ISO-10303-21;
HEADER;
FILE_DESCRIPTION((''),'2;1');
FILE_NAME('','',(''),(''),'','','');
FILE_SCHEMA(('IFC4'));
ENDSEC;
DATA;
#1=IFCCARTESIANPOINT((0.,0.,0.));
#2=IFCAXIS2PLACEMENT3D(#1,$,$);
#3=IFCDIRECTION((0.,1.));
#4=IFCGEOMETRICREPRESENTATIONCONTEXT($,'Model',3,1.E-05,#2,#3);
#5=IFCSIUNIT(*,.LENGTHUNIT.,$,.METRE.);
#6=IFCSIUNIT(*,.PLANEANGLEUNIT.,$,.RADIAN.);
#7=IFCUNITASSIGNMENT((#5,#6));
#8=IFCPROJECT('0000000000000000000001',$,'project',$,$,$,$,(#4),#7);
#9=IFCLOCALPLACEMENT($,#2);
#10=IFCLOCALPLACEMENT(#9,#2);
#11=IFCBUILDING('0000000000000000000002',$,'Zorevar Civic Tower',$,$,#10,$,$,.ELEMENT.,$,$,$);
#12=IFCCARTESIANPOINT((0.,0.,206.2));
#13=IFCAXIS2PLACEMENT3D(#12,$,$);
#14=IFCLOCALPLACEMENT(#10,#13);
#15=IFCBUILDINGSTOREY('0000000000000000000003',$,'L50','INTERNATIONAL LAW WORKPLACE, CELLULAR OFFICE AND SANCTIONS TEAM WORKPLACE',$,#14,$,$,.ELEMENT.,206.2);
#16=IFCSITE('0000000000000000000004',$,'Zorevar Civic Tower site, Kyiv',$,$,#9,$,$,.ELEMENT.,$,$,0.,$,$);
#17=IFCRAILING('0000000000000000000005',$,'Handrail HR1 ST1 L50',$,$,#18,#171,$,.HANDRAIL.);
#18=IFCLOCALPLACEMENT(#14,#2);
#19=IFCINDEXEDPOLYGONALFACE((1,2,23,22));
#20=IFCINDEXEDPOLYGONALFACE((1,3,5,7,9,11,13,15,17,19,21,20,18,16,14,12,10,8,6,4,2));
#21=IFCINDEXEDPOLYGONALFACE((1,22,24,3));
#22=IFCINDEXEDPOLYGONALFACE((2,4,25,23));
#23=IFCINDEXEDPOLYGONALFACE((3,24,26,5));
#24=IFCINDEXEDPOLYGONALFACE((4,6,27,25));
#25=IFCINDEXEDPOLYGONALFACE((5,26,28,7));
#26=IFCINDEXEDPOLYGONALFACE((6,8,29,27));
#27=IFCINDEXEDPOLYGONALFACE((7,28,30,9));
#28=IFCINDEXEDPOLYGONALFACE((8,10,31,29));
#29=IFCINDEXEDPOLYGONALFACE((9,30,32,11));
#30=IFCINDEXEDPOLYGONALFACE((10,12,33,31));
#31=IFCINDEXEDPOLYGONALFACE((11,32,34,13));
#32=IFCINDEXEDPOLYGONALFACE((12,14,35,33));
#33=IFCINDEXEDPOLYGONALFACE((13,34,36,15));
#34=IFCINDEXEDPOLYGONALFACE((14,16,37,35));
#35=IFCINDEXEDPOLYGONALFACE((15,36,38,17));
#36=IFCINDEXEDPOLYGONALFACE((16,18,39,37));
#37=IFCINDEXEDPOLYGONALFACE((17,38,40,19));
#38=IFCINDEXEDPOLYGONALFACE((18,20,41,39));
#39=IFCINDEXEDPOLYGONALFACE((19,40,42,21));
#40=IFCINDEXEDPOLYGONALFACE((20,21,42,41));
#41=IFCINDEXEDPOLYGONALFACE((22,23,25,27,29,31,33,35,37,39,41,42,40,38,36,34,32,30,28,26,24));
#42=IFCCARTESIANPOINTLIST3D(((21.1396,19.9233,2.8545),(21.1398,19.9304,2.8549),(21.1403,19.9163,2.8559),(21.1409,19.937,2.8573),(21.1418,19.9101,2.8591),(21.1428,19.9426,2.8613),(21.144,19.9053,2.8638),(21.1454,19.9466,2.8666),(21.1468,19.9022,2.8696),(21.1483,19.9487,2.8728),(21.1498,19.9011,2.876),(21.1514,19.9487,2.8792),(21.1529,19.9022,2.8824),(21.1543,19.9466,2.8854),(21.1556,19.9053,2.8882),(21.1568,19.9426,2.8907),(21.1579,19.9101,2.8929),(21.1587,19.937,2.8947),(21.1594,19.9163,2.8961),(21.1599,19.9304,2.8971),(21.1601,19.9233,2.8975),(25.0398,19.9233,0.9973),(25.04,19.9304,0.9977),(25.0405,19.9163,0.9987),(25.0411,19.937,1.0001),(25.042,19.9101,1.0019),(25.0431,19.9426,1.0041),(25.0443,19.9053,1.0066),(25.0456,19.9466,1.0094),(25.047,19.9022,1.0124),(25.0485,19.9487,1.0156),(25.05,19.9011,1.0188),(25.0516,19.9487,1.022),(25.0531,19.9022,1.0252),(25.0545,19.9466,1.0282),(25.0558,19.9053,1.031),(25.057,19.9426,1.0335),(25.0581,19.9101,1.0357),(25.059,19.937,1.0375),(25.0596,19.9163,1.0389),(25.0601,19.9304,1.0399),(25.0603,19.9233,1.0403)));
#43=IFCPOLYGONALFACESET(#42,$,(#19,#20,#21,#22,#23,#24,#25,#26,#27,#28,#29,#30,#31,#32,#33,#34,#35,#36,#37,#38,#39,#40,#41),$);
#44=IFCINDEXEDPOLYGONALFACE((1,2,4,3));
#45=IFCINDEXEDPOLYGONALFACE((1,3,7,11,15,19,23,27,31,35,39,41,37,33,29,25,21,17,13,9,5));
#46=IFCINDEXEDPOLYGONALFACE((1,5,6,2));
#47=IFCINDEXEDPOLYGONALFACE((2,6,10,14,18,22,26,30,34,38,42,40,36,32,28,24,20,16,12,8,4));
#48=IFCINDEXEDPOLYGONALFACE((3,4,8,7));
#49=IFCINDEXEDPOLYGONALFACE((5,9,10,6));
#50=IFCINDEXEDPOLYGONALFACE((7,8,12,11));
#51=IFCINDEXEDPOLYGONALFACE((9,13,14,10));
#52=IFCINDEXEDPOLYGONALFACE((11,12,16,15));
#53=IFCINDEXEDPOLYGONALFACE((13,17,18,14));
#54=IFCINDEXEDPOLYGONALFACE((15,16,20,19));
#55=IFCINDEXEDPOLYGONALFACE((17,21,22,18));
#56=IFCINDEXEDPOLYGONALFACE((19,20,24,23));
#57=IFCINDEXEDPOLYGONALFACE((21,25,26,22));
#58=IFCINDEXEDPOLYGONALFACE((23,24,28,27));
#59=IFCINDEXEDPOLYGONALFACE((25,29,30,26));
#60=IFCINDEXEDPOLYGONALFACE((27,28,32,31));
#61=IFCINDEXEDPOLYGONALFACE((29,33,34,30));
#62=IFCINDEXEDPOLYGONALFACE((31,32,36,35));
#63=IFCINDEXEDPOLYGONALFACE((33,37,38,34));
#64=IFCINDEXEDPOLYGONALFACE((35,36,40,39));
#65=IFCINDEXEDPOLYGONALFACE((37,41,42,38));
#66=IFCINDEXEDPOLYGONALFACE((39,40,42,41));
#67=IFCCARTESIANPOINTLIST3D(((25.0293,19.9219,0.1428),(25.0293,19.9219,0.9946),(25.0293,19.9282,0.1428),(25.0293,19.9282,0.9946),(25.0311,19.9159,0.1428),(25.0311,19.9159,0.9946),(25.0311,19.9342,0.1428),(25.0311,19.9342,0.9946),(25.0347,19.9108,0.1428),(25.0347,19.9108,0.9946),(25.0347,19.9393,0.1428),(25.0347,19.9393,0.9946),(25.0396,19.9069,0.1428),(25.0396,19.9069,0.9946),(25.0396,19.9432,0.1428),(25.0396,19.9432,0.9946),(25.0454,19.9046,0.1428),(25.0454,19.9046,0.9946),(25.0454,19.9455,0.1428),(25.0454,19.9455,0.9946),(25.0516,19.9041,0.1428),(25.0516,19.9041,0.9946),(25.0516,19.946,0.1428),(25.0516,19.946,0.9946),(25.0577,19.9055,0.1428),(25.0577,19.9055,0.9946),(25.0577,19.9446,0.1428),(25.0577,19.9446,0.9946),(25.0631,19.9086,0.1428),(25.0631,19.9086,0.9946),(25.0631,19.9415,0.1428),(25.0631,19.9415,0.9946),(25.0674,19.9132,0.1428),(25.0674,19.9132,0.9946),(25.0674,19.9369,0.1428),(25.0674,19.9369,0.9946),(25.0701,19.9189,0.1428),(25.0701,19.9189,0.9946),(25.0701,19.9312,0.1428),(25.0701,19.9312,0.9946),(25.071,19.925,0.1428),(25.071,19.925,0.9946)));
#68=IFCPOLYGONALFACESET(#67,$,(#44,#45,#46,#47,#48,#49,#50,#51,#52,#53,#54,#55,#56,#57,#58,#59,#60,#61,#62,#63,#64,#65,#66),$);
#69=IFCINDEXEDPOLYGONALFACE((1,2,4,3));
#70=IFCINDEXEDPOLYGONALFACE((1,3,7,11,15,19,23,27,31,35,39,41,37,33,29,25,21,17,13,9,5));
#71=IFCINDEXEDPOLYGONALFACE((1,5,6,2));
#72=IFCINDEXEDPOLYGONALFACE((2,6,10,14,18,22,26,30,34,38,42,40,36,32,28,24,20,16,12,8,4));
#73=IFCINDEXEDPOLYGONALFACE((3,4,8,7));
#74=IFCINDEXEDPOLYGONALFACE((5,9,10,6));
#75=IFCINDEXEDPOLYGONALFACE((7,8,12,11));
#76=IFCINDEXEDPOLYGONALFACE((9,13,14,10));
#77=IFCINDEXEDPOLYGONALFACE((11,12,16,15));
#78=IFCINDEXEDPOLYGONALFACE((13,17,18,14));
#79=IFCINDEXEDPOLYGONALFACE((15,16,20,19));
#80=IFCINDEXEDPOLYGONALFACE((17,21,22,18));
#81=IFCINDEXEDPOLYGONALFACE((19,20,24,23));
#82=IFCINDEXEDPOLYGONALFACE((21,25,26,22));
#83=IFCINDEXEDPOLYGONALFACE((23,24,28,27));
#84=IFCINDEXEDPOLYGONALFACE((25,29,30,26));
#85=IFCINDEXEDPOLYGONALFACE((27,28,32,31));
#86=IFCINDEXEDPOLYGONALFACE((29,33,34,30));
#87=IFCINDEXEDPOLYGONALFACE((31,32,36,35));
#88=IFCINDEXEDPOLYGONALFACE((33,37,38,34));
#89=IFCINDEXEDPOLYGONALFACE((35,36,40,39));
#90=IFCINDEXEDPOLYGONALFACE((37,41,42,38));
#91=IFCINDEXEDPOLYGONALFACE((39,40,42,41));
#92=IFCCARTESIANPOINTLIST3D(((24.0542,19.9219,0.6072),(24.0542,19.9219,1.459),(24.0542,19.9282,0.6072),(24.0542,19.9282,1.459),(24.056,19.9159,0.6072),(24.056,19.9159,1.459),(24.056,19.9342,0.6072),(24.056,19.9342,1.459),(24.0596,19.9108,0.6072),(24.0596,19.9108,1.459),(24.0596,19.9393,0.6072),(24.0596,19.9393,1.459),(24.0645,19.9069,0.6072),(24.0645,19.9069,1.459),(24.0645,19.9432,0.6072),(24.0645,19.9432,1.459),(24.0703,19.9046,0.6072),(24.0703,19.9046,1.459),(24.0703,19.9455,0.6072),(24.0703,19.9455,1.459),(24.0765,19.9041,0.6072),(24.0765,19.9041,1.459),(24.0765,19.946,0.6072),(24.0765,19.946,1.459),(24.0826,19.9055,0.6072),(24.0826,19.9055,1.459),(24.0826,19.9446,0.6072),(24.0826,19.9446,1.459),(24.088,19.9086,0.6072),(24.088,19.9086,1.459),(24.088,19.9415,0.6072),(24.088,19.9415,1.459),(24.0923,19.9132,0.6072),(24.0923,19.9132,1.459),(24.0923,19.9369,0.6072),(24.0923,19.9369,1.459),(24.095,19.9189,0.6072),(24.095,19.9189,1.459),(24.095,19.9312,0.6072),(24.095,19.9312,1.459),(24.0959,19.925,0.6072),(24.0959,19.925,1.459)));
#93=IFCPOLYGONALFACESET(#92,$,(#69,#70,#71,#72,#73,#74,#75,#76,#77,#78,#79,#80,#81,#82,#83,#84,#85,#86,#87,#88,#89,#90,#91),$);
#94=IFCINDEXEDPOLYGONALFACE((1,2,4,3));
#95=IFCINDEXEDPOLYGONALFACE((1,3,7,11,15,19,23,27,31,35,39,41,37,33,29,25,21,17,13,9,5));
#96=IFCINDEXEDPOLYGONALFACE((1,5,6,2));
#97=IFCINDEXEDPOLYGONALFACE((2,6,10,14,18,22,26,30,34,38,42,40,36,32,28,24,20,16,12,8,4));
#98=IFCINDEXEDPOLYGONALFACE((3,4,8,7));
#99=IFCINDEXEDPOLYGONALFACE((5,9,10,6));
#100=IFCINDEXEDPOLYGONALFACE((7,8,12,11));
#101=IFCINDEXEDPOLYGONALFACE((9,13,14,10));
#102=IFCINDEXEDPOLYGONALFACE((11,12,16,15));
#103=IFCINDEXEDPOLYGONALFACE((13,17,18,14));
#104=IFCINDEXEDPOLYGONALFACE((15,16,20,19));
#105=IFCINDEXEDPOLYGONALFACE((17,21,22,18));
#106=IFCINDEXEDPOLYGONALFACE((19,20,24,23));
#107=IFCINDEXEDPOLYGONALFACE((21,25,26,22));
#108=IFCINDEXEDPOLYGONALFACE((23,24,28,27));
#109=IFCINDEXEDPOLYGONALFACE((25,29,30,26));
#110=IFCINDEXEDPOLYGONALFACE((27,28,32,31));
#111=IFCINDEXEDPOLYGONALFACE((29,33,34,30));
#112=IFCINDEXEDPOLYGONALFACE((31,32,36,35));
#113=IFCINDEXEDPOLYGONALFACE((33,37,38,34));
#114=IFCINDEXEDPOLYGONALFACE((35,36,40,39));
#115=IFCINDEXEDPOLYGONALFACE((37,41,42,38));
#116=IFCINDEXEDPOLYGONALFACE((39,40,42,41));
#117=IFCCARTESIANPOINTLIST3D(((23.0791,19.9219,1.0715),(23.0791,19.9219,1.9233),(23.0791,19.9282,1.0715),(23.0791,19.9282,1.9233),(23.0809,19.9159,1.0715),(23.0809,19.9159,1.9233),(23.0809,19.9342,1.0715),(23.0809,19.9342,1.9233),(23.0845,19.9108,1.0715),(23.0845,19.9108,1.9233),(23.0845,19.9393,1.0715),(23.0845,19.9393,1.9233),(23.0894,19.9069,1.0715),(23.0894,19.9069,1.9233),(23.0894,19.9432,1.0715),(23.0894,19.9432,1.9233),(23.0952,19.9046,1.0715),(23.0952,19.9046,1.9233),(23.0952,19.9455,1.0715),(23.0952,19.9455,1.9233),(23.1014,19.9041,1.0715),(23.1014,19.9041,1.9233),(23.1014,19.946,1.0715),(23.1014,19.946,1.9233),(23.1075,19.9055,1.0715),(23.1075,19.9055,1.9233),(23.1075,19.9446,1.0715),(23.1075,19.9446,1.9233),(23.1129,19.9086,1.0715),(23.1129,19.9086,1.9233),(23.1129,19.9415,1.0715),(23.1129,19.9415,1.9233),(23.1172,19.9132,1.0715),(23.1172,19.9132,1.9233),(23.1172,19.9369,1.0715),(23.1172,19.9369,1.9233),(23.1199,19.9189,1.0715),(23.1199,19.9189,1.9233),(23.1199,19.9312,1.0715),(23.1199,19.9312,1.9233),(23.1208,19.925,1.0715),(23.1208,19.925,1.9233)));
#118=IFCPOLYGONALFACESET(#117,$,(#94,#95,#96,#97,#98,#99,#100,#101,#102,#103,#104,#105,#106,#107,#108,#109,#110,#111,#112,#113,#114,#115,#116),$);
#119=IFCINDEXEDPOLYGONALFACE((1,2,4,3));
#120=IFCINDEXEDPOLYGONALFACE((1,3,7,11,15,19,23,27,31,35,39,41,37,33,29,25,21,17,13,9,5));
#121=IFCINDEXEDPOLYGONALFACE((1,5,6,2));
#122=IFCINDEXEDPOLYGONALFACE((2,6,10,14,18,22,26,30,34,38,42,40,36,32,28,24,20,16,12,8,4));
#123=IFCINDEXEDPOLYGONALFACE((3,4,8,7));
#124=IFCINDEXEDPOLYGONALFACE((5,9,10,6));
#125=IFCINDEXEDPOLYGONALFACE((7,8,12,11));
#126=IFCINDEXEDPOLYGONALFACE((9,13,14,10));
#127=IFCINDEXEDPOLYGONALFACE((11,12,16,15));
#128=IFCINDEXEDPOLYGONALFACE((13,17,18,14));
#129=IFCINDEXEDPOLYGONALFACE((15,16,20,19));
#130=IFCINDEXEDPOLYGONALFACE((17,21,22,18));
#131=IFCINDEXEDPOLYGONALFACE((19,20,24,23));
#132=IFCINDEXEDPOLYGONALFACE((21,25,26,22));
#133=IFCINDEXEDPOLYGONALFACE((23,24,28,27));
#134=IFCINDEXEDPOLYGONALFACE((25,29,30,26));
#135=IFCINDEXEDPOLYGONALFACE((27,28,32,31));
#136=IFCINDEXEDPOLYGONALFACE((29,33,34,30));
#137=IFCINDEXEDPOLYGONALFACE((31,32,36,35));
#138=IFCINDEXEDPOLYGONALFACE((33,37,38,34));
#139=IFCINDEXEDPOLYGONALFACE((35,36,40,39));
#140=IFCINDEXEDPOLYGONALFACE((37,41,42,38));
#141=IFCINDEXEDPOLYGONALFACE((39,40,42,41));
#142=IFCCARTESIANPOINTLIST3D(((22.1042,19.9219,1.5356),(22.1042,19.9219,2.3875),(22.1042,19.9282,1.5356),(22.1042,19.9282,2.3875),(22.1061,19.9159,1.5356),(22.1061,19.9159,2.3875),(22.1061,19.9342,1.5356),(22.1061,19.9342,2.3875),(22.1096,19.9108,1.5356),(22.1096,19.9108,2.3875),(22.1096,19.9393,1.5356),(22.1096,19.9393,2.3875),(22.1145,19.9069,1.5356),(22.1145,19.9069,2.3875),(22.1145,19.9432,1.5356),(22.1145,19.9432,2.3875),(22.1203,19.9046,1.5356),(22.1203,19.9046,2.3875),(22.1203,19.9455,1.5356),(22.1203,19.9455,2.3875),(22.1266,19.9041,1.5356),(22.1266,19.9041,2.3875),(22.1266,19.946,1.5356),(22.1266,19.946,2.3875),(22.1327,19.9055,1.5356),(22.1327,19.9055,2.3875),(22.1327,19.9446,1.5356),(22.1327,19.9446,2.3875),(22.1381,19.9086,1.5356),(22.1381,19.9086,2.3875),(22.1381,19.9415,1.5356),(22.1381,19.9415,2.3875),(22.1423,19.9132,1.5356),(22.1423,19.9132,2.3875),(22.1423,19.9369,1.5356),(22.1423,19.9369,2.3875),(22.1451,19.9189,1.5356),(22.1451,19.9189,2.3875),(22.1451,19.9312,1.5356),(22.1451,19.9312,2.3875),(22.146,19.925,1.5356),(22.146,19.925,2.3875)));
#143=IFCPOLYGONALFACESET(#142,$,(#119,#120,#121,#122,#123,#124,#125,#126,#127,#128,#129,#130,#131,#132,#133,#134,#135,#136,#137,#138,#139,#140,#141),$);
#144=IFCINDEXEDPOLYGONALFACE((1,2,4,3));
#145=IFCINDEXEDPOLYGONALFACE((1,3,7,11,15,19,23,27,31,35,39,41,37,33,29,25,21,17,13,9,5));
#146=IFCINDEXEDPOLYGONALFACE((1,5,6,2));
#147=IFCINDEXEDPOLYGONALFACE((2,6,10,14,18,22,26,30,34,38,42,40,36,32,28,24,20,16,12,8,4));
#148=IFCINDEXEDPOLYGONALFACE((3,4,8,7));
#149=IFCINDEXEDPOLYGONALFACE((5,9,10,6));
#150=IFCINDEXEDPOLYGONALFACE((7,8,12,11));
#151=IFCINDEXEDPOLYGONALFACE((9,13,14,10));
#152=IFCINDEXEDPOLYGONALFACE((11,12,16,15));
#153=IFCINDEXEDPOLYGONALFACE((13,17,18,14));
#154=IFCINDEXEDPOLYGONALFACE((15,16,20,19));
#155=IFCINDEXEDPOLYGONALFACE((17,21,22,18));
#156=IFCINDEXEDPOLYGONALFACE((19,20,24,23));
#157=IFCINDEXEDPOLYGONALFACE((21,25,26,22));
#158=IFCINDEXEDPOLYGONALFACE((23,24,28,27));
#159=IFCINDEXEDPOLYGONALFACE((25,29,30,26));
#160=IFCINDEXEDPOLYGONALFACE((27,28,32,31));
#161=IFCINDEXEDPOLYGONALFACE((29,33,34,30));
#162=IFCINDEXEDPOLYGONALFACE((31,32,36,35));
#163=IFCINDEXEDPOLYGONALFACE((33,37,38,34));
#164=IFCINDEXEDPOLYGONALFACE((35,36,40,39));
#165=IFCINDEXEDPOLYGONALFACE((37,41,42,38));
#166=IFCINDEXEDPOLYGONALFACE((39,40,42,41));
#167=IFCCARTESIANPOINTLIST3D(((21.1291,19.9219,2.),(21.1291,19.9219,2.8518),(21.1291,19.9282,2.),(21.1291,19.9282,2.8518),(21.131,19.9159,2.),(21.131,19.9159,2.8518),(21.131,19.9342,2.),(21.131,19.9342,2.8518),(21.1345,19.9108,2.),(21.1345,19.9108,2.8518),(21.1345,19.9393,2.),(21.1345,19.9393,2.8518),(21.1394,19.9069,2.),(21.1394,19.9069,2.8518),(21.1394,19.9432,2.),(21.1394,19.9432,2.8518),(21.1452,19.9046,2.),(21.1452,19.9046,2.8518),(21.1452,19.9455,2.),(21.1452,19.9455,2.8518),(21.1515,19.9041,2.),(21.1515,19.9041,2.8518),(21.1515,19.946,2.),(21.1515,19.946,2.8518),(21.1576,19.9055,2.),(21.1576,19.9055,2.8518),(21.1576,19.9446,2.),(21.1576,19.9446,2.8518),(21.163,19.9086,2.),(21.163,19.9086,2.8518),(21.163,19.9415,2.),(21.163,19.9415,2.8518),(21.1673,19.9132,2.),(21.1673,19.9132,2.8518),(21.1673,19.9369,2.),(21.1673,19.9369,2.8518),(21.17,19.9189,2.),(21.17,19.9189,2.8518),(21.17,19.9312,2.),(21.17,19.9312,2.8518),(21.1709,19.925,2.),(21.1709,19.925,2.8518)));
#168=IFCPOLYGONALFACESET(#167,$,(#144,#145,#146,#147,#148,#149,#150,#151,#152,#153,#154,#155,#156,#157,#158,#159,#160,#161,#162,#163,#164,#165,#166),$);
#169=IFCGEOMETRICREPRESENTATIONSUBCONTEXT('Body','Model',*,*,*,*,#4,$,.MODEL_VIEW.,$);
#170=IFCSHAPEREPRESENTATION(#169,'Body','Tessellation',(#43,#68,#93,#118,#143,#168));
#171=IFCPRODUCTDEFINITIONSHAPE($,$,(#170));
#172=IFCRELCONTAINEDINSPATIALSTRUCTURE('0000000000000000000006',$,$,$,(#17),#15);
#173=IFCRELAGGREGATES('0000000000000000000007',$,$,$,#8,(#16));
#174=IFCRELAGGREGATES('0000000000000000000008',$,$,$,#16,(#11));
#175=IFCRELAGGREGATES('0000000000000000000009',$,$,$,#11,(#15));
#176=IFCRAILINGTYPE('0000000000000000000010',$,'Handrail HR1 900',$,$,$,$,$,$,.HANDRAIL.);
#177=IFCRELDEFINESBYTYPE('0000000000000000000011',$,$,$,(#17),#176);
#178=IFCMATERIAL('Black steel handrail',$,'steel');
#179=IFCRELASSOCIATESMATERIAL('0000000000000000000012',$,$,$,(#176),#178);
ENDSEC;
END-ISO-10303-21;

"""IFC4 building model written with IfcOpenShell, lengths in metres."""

from ifc_helpers import new_model, si_unit, direction, frame, origin, origin_2d, place, context, subcontext, project, spatial, circle, extrude, material, type_object, element, save


model = new_model("IFC4")

# Units and contexts
model_context = context("Model", 3, precision=1e-05, world=origin(), true_north=direction((0.0, 1.0)))
body_context = subcontext(model_context, "Body", "Model", "MODEL_VIEW")
ifc_project = project(units=[si_unit("LENGTHUNIT", "METRE"), si_unit("PLANEANGLEUNIT", "RADIAN")], contexts=[model_context])

# Site, building, storey
site_placement = place(None, origin())
site = spatial("IfcSite", under=ifc_project, at=site_placement, Name="Zorevar Civic Tower site, Kyiv", CompositionType="ELEMENT", RefElevation=0.0)
building_placement = place(site_placement, origin())
building = spatial("IfcBuilding", under=site, at=building_placement, Name="Zorevar Civic Tower", CompositionType="ELEMENT")
storey_placement = place(building_placement, frame((0.0, 0.0, 206.2)))
storey = spatial("IfcBuildingStorey", under=building, at=storey_placement, Name="L50", Description="INTERNATIONAL LAW WORKPLACE, CELLULAR OFFICE AND SANCTIONS TEAM WORKPLACE", CompositionType="ELEMENT", Elevation=206.2)

# Railing
ifc_material_1 = material(Name="Black steel handrail", Category="steel")
railing_type = type_object("IfcRailingType", Name="Handrail HR1 900", PredefinedType="HANDRAIL", material=ifc_material_1)
railing_1_placement = place(storey_placement, frame((25.05, 19.925, 0.1428)))
element("IfcRailing", 1, at=railing_1_placement, inside=storey, type_object=railing_type, Name="Handrail HR1 ST1 L50", PredefinedType="HANDRAIL", context=body_context, shape_type="SweptSolid", body=[
    extrude(circle(Radius=0.0239, at=origin_2d()), frame((0.0, 0.0, 0.876), z_axis=(-0.902864, 0.0, 0.429927), x_axis=(0.0, -1.0, 0.0)), (0.0, 0.0, 1.0), 4.3198),
    extrude(circle(Radius=0.021, at=origin_2d()), origin(), (0.0, 0.0, 1.0), 0.8518),
    extrude(circle(Radius=0.021, at=origin_2d()), frame((-0.9751, 0.0, 0.4644)), (0.0, 0.0, 1.0), 0.8518),
    extrude(circle(Radius=0.021, at=origin_2d()), frame((-1.9502, 0.0, 0.9287)), (0.0, 0.0, 1.0), 0.8518),
    extrude(circle(Radius=0.021, at=origin_2d()), frame((-2.925, 0.0, 1.3928)), (0.0, 0.0, 1.0), 0.8518),
    extrude(circle(Radius=0.021, at=origin_2d()), frame((-3.9001, 0.0, 1.8572)), (0.0, 0.0, 1.0), 0.8518),
])

save(model, "model.ifc")
